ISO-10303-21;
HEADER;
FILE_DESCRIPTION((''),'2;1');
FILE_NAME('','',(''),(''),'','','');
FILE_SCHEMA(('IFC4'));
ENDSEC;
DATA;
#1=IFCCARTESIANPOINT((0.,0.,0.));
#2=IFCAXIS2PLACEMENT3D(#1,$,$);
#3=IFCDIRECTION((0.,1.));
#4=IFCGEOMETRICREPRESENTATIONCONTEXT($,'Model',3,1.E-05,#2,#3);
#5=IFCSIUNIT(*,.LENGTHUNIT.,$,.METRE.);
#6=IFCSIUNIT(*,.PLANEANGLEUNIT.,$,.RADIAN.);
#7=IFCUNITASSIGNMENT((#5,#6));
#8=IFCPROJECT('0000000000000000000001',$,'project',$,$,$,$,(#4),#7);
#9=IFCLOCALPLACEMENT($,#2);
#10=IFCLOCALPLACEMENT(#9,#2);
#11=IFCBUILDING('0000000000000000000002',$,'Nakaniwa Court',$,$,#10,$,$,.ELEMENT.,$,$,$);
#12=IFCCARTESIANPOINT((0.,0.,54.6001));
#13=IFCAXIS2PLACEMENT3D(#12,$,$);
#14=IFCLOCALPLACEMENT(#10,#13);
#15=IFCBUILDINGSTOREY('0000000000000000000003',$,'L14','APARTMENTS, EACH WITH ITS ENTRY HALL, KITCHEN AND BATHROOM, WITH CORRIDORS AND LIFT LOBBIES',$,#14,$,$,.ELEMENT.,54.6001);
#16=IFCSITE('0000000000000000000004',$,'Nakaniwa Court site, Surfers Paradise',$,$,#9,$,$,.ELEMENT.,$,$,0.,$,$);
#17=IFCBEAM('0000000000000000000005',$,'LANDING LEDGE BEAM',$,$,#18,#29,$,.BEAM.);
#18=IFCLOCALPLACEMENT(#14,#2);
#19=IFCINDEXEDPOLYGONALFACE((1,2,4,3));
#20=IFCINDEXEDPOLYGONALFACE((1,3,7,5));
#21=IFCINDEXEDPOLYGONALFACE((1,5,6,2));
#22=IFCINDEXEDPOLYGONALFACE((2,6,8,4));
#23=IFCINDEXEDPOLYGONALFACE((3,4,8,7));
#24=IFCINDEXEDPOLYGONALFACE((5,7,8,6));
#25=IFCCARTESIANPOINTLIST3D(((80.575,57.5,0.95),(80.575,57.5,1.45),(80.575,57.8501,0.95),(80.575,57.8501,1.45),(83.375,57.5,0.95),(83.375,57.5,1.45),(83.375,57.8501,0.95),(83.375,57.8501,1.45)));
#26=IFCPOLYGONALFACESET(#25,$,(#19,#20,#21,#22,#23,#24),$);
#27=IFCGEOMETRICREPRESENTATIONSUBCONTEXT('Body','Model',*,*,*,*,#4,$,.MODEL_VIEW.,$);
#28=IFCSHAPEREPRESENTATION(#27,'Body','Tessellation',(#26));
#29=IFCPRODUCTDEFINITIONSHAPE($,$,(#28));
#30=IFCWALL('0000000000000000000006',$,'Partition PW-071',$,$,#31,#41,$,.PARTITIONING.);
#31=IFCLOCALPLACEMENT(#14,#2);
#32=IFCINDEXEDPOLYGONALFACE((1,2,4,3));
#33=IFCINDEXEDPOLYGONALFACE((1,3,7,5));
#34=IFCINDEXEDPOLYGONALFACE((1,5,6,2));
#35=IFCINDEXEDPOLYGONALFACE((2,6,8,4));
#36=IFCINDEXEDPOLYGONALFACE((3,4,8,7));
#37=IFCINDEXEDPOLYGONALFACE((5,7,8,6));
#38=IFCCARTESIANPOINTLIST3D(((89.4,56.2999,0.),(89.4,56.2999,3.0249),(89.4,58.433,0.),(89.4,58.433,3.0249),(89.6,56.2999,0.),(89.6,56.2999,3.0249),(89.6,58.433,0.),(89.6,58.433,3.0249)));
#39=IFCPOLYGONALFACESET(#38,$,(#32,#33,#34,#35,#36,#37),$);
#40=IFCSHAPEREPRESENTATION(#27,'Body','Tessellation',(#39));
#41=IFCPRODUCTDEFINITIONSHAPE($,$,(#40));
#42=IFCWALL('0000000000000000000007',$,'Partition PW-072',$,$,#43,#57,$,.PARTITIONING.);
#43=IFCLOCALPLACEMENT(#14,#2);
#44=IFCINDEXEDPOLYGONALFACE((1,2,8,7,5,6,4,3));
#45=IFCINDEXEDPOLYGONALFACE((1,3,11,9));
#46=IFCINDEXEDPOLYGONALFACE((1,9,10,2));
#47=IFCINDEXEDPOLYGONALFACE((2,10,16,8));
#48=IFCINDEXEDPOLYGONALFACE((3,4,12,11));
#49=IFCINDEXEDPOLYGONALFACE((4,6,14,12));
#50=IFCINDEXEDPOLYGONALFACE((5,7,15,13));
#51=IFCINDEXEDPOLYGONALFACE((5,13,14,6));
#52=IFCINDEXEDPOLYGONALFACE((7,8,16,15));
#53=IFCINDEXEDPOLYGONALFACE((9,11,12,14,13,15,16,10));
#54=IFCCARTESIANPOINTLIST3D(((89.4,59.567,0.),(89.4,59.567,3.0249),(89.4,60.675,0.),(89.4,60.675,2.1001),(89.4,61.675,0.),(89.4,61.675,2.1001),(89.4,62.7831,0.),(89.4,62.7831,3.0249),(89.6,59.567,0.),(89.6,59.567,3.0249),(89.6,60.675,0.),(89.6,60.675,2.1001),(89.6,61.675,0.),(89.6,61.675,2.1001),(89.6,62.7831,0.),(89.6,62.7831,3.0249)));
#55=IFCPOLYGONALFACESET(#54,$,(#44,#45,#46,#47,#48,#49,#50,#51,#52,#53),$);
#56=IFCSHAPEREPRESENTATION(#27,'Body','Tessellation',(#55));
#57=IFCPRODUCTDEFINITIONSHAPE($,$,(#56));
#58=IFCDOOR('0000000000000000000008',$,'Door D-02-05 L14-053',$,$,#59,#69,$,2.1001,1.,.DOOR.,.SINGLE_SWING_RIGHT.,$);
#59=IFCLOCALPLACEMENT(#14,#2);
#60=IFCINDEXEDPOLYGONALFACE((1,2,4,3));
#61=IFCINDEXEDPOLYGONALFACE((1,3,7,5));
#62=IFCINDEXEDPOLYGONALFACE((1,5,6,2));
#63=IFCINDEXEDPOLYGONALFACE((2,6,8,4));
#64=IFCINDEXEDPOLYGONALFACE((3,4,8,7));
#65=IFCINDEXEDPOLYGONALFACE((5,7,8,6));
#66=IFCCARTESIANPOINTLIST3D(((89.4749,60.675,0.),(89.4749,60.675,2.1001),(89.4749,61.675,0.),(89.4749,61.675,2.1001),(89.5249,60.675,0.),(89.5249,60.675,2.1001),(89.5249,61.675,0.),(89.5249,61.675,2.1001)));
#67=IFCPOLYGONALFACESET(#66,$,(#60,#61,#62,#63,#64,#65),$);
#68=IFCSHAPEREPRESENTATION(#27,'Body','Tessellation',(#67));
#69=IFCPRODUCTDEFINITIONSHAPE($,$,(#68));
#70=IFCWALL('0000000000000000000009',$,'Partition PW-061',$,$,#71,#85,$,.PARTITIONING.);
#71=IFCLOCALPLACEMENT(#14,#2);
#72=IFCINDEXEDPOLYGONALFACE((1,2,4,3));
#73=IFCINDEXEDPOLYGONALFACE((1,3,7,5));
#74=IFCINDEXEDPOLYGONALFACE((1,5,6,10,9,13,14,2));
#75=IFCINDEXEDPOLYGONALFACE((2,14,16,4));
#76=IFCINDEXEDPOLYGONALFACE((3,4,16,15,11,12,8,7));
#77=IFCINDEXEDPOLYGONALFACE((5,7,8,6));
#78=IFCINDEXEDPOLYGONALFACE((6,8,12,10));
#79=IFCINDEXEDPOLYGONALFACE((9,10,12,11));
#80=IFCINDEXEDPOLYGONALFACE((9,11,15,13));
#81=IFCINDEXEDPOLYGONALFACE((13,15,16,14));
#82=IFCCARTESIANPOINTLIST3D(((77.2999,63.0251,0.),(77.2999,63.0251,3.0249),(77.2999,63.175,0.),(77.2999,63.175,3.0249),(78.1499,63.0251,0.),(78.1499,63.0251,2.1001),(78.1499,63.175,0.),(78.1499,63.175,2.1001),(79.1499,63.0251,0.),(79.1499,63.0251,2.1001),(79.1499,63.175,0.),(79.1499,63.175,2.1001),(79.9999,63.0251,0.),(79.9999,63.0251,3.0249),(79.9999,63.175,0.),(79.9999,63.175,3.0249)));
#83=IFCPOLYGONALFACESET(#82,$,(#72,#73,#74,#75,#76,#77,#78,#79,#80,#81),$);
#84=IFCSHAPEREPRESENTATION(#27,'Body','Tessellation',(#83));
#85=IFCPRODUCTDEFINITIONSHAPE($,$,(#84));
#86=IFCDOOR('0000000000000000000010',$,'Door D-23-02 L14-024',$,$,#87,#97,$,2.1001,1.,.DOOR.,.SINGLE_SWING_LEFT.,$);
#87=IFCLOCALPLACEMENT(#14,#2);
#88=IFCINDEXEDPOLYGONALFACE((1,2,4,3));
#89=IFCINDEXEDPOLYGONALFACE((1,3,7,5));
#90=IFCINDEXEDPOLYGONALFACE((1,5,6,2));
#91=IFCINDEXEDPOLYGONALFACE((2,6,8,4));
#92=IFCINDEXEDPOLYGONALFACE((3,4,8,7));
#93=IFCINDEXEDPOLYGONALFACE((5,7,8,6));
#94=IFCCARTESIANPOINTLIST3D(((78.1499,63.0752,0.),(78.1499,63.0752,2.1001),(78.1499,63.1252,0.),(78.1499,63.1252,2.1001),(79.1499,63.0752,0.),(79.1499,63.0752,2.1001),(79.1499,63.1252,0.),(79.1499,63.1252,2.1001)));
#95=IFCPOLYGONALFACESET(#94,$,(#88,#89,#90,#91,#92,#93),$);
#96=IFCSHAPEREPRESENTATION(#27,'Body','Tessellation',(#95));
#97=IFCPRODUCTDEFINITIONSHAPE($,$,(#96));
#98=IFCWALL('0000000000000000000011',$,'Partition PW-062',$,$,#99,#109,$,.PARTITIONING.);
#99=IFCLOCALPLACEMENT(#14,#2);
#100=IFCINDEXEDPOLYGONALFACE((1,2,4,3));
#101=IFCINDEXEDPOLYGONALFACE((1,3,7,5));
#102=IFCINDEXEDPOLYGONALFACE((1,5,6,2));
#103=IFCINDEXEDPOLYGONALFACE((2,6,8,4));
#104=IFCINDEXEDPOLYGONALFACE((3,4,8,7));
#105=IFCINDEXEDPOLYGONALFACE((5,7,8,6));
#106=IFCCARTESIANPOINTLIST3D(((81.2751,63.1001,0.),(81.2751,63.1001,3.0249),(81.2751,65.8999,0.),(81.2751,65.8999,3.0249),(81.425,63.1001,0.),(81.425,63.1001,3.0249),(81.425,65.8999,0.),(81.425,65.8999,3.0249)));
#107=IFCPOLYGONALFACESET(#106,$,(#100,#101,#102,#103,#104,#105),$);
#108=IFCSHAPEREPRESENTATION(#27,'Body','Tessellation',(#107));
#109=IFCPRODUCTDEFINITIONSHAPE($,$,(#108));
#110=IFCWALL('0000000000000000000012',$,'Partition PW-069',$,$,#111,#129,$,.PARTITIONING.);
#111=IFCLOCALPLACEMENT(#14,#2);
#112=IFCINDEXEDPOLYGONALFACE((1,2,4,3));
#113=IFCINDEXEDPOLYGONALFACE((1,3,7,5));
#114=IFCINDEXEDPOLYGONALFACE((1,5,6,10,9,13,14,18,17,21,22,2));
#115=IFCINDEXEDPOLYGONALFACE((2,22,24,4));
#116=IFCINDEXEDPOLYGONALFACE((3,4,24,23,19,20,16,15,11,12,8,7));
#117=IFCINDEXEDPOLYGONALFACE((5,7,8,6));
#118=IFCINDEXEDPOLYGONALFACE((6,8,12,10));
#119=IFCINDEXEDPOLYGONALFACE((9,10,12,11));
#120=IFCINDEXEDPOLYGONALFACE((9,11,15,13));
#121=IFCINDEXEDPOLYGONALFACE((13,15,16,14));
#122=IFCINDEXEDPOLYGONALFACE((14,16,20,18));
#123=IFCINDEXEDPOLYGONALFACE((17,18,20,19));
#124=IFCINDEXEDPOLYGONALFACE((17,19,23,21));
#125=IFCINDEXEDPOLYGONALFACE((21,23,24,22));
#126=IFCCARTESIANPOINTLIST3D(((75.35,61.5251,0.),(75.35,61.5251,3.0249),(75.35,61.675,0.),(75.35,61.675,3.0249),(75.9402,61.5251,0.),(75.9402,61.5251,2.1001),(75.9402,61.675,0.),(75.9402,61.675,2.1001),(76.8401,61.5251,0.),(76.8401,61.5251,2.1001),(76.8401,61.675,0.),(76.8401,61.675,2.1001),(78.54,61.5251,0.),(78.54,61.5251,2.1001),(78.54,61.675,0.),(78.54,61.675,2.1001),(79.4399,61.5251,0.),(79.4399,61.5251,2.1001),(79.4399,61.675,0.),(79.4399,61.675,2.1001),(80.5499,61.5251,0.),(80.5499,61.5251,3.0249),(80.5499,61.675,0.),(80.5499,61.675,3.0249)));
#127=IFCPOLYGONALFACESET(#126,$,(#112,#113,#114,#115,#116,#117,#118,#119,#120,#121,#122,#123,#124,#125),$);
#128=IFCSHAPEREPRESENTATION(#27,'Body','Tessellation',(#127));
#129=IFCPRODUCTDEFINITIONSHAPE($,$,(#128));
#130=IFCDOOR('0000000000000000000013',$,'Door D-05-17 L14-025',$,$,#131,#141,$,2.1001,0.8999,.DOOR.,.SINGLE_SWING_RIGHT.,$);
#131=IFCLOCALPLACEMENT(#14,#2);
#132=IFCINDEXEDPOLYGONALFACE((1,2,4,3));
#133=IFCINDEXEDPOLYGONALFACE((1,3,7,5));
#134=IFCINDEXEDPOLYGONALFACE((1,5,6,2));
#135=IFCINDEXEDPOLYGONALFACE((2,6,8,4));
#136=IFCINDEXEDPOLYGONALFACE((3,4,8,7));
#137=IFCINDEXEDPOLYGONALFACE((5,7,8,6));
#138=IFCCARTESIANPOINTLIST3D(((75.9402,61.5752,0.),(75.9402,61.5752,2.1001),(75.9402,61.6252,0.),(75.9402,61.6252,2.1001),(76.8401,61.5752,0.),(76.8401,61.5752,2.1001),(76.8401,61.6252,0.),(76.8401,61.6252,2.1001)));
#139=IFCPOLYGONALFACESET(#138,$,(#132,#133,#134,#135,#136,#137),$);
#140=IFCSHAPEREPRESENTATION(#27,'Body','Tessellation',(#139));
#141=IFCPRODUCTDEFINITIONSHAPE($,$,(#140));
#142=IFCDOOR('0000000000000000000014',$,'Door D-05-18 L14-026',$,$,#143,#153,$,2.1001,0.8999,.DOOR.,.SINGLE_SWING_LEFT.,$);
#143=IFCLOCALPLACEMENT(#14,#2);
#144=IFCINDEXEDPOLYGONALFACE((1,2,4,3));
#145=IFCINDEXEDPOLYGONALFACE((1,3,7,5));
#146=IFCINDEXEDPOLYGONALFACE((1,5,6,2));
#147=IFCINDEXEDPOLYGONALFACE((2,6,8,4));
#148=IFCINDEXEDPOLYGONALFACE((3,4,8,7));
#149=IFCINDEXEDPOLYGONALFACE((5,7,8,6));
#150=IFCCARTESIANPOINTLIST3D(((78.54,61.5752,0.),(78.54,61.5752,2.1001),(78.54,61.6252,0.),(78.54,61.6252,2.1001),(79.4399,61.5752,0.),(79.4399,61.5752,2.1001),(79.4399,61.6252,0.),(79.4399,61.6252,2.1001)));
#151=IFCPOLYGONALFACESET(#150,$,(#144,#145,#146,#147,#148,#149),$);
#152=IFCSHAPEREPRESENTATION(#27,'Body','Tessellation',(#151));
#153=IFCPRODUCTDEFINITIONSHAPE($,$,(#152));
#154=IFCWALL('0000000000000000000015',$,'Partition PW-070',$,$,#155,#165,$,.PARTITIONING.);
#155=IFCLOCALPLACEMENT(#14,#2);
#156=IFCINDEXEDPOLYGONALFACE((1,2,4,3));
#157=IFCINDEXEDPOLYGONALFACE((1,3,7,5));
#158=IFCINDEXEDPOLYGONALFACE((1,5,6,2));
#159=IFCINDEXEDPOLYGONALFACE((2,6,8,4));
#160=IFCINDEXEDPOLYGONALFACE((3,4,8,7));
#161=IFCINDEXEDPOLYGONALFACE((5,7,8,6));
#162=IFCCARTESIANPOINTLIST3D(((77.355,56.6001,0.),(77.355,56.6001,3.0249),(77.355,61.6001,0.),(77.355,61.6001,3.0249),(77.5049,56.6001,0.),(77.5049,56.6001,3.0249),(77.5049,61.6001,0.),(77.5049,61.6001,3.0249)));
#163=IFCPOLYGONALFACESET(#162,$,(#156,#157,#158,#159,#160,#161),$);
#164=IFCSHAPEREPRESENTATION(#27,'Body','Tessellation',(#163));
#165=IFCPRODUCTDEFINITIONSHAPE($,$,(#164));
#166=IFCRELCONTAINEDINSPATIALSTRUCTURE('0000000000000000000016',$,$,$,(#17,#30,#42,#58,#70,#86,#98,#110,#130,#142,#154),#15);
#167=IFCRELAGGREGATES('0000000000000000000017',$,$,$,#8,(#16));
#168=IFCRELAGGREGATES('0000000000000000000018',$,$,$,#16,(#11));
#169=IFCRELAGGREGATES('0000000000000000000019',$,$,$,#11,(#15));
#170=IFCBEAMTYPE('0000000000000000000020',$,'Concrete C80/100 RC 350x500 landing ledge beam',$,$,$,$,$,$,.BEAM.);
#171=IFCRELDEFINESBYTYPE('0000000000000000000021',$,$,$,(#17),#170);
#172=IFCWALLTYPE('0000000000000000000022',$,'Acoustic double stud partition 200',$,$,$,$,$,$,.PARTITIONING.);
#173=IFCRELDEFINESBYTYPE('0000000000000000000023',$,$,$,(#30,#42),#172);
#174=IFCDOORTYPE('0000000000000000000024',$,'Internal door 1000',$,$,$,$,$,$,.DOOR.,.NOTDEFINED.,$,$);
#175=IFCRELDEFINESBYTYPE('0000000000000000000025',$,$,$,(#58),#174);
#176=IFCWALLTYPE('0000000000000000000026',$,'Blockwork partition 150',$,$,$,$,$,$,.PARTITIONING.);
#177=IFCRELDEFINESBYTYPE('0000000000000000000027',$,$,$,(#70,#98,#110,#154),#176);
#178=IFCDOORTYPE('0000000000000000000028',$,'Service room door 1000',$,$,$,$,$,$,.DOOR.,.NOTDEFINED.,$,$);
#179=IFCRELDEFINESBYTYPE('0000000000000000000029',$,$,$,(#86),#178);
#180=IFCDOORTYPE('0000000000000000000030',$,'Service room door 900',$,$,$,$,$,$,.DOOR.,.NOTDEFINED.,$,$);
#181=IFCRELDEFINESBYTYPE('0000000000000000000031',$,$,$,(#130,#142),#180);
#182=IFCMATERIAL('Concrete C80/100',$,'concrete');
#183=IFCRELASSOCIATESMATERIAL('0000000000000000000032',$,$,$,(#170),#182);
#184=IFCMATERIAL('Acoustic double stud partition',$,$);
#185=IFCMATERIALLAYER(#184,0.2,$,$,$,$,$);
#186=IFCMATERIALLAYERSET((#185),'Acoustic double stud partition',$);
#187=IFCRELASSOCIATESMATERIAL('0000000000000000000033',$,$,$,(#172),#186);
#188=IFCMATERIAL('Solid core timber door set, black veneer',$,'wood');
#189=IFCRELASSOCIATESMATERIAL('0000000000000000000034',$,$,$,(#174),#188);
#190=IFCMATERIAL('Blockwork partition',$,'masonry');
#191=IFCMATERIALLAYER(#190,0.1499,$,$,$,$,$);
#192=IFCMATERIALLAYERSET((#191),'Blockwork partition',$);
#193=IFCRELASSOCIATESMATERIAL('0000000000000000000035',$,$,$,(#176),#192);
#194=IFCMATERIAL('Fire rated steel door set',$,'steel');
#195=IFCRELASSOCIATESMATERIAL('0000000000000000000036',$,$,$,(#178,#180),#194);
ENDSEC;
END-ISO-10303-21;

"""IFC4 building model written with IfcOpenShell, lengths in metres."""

from ifc_helpers import new_model, si_unit, direction, frame, frame_2d, origin, origin_2d, place, context, subcontext, project, spatial, rectangle, extrude, material, layer, layer_set, material_profile, profile_set, type_object, element, fill, save


model = new_model("IFC4")

# Units and contexts
model_context = context("Model", 3, precision=1e-05, world=origin(), true_north=direction((0.0, 1.0)))
body_context = subcontext(model_context, "Body", "Model", "MODEL_VIEW")
ifc_project = project(units=[si_unit("LENGTHUNIT", "METRE"), si_unit("PLANEANGLEUNIT", "RADIAN")], contexts=[model_context])

# Site, building, storey
site_placement = place(None, origin())
site = spatial("IfcSite", under=ifc_project, at=site_placement, Name="Nakaniwa Court site, Surfers Paradise", CompositionType="ELEMENT", RefElevation=0.0)
building_placement = place(site_placement, origin())
building = spatial("IfcBuilding", under=site, at=building_placement, Name="Nakaniwa Court", CompositionType="ELEMENT")
storey_placement = place(building_placement, frame((0.0, 0.0, 54.6001)))
storey = spatial("IfcBuildingStorey", under=building, at=storey_placement, Name="L14", Description="APARTMENTS, EACH WITH ITS ENTRY HALL, KITCHEN AND BATHROOM, WITH CORRIDORS AND LIFT LOBBIES", CompositionType="ELEMENT", Elevation=54.6001)

# Beam
ifc_material_1 = material(Name="Concrete C80/100", Category="concrete")
ifc_material_profile = material_profile(ifc_material_1, rectangle(XDim=0.3501, YDim=0.5, at=origin_2d()), Name="Concrete C80/100 RC 350x500 landing ledge beam")
ifc_profile_set = profile_set([ifc_material_profile], Name="Concrete C80/100")
beam_type = type_object("IfcBeamType", Name="Concrete C80/100 RC 350x500 landing ledge beam", PredefinedType="BEAM", material=ifc_profile_set)
beam_placement = place(storey_placement, frame((80.575, 57.675, 1.2), z_axis=(1.0, 0.0, 0.0), x_axis=(0.0, 1.0, 0.0)))
element("IfcBeam", 1, at=beam_placement, inside=storey, type_object=beam_type, Name="LANDING LEDGE BEAM", PredefinedType="BEAM", context=body_context, shape_type="SweptSolid", body=[
    extrude(rectangle(XDim=0.3501, YDim=0.5, at=origin_2d()), origin(), (0.0, 0.0, 1.0), 2.8),
])

# Wall
ifc_material_2 = material(Name="Acoustic double stud partition")
ifc_layer_1 = layer(ifc_material_2, 0.2)
ifc_layer_set_1 = layer_set([ifc_layer_1], Name="Acoustic double stud partition")
wall_type_1 = type_object("IfcWallType", Name="Acoustic double stud partition 200", PredefinedType="PARTITIONING", material=ifc_layer_set_1)
wall_1_placement = place(storey_placement, frame((89.5, 56.3, 0.0), z_axis=(0.0, 0.0, 1.0), x_axis=(0.0, 1.0, 0.0)))
element("IfcWall", 2, at=wall_1_placement, inside=storey, type_object=wall_type_1, Name="Partition PW-071", PredefinedType="PARTITIONING", context=body_context, shape_type="SweptSolid", body=[
    extrude(rectangle(XDim=2.1331, YDim=0.2, at=frame_2d((1.0664, 0.0))), origin(), (0.0, 0.0, 1.0), 3.0249),
])

# Walls, openings, doors
wall_2_placement = place(storey_placement, frame((89.5, 62.783, 0.0), z_axis=(0.0, 0.0, 1.0), x_axis=(0.0, -1.0, 0.0)))
wall_2 = element("IfcWall", 3, at=wall_2_placement, inside=storey, type_object=wall_type_1, Name="Partition PW-072", PredefinedType="PARTITIONING", context=body_context, shape_type="SweptSolid", body=[
    extrude(rectangle(XDim=3.2161, YDim=0.2, at=frame_2d((1.6079, 0.0))), origin(), (0.0, 0.0, 1.0), 3.0249),
])
opening_1_placement = place(wall_2_placement, frame((1.1079, 0.0, 0.0)))
opening_1 = element("IfcOpeningElement", 4, at=opening_1_placement, cuts=wall_2, PredefinedType="OPENING", context=body_context, shape_type="SweptSolid", body=[
    extrude(rectangle(XDim=1.0, YDim=2.1001, at=frame_2d((0.5, 1.05))), frame((0.0, 0.1099, 0.0), z_axis=(0.0, -1.0, 0.0), x_axis=(1.0, 0.0, 0.0)), (0.0, 0.0, 1.0), 0.22),
])
ifc_material_3 = material(Name="Solid core timber door set, black veneer", Category="wood")
door_type_1 = type_object("IfcDoorType", Name="Internal door 1000", OperationType="NOTDEFINED", PredefinedType="DOOR", material=ifc_material_3)
door_1_placement = place(opening_1_placement, origin())
door_1 = element("IfcDoor", 5, at=door_1_placement, inside=storey, type_object=door_type_1, Name="Door D-02-05 L14-053", OperationType="SINGLE_SWING_RIGHT", OverallHeight=2.1001, OverallWidth=1.0, PredefinedType="DOOR", context=body_context, shape_type="SweptSolid", body=[
    extrude(rectangle(XDim=1.0, YDim=2.1001, at=frame_2d((0.5, 1.05))), frame((0.0, 0.0249, 0.0), z_axis=(0.0, -1.0, 0.0), x_axis=(1.0, 0.0, 0.0)), (0.0, 0.0, 1.0), 0.05),
])
fill(opening_1, door_1)
ifc_material_4 = material(Name="Blockwork partition", Category="masonry")
ifc_layer_2 = layer(ifc_material_4, 0.1499)
ifc_layer_set_2 = layer_set([ifc_layer_2], Name="Blockwork partition")
wall_type_2 = type_object("IfcWallType", Name="Blockwork partition 150", PredefinedType="PARTITIONING", material=ifc_layer_set_2)
wall_3_placement = place(storey_placement, frame((80.0, 63.1001, 0.0), z_axis=(0.0, 0.0, 1.0), x_axis=(-1.0, 0.0, 0.0)))
wall_3 = element("IfcWall", 6, at=wall_3_placement, inside=storey, type_object=wall_type_2, Name="Partition PW-061", PredefinedType="PARTITIONING", context=body_context, shape_type="SweptSolid", body=[
    extrude(rectangle(XDim=2.7, YDim=0.1499, at=frame_2d((1.3501, 0.0))), origin(), (0.0, 0.0, 1.0), 3.0249),
])
opening_2_placement = place(wall_3_placement, frame((0.8501, 0.0, 0.0)))
opening_2 = element("IfcOpeningElement", 7, at=opening_2_placement, cuts=wall_3, PredefinedType="OPENING", context=body_context, shape_type="SweptSolid", body=[
    extrude(rectangle(XDim=1.0, YDim=2.1001, at=frame_2d((0.5, 1.05))), frame((0.0, 0.085, 0.0), z_axis=(0.0, -1.0, 0.0), x_axis=(1.0, 0.0, 0.0)), (0.0, 0.0, 1.0), 0.1699),
])
ifc_material_5 = material(Name="Fire rated steel door set", Category="steel")
door_type_2 = type_object("IfcDoorType", Name="Service room door 1000", OperationType="NOTDEFINED", PredefinedType="DOOR", material=ifc_material_5)
door_2_placement = place(opening_2_placement, origin())
door_2 = element("IfcDoor", 8, at=door_2_placement, inside=storey, type_object=door_type_2, Name="Door D-23-02 L14-024", OperationType="SINGLE_SWING_LEFT", OverallHeight=2.1001, OverallWidth=1.0, PredefinedType="DOOR", context=body_context, shape_type="SweptSolid", body=[
    extrude(rectangle(XDim=1.0, YDim=2.1001, at=frame_2d((0.5, 1.05))), frame((0.0, 0.0249, 0.0), z_axis=(0.0, -1.0, 0.0), x_axis=(1.0, 0.0, 0.0)), (0.0, 0.0, 1.0), 0.05),
])
fill(opening_2, door_2)

# Wall
wall_4_placement = place(storey_placement, frame((81.3501, 63.1001, 0.0), z_axis=(0.0, 0.0, 1.0), x_axis=(0.0, 1.0, 0.0)))
element("IfcWall", 9, at=wall_4_placement, inside=storey, type_object=wall_type_2, Name="Partition PW-062", PredefinedType="PARTITIONING", context=body_context, shape_type="SweptSolid", body=[
    extrude(rectangle(XDim=2.7998, YDim=0.1499, at=frame_2d((1.3999, 0.0))), origin(), (0.0, 0.0, 1.0), 3.0249),
])

# Wall, openings, doors
wall_5_placement = place(storey_placement, frame((80.55, 61.6001, 0.0), z_axis=(0.0, 0.0, 1.0), x_axis=(-1.0, 0.0, 0.0)))
wall_5 = element("IfcWall", 10, at=wall_5_placement, inside=storey, type_object=wall_type_2, Name="Partition PW-069", PredefinedType="PARTITIONING", context=body_context, shape_type="SweptSolid", body=[
    extrude(rectangle(XDim=5.2, YDim=0.1499, at=frame_2d((2.6001, 0.0))), origin(), (0.0, 0.0, 1.0), 3.0249),
])
opening_3_placement = place(wall_5_placement, frame((3.71, 0.0, 0.0)))
opening_3 = element("IfcOpeningElement", 11, at=opening_3_placement, cuts=wall_5, PredefinedType="OPENING", context=body_context, shape_type="SweptSolid", body=[
    extrude(rectangle(XDim=0.8999, YDim=2.1001, at=frame_2d((0.45, 1.05))), frame((0.0, 0.085, 0.0), z_axis=(0.0, -1.0, 0.0), x_axis=(1.0, 0.0, 0.0)), (0.0, 0.0, 1.0), 0.1699),
])
opening_4_placement = place(wall_5_placement, frame((1.1101, 0.0, 0.0)))
opening_4 = element("IfcOpeningElement", 12, at=opening_4_placement, cuts=wall_5, PredefinedType="OPENING", context=body_context, shape_type="SweptSolid", body=[
    extrude(rectangle(XDim=0.8999, YDim=2.1001, at=frame_2d((0.45, 1.05))), frame((0.0, 0.085, 0.0), z_axis=(0.0, -1.0, 0.0), x_axis=(1.0, 0.0, 0.0)), (0.0, 0.0, 1.0), 0.1699),
])
door_type_3 = type_object("IfcDoorType", Name="Service room door 900", OperationType="NOTDEFINED", PredefinedType="DOOR", material=ifc_material_5)
door_3_placement = place(opening_3_placement, origin())
door_3 = element("IfcDoor", 13, at=door_3_placement, inside=storey, type_object=door_type_3, Name="Door D-05-17 L14-025", OperationType="SINGLE_SWING_RIGHT", OverallHeight=2.1001, OverallWidth=0.8999, PredefinedType="DOOR", context=body_context, shape_type="SweptSolid", body=[
    extrude(rectangle(XDim=0.8999, YDim=2.1001, at=frame_2d((0.45, 1.05))), frame((0.0, 0.0249, 0.0), z_axis=(0.0, -1.0, 0.0), x_axis=(1.0, 0.0, 0.0)), (0.0, 0.0, 1.0), 0.05),
])
fill(opening_3, door_3)
door_4_placement = place(opening_4_placement, origin())
door_4 = element("IfcDoor", 14, at=door_4_placement, inside=storey, type_object=door_type_3, Name="Door D-05-18 L14-026", OperationType="SINGLE_SWING_LEFT", OverallHeight=2.1001, OverallWidth=0.8999, PredefinedType="DOOR", context=body_context, shape_type="SweptSolid", body=[
    extrude(rectangle(XDim=0.8999, YDim=2.1001, at=frame_2d((0.45, 1.05))), frame((0.0, 0.0249, 0.0), z_axis=(0.0, -1.0, 0.0), x_axis=(1.0, 0.0, 0.0)), (0.0, 0.0, 1.0), 0.05),
])
fill(opening_4, door_4)

# Wall
wall_6_placement = place(storey_placement, frame((77.4299, 56.6001, 0.0), z_axis=(0.0, 0.0, 1.0), x_axis=(0.0, 1.0, 0.0)))
element("IfcWall", 15, at=wall_6_placement, inside=storey, type_object=wall_type_2, Name="Partition PW-070", PredefinedType="PARTITIONING", context=body_context, shape_type="SweptSolid", body=[
    extrude(rectangle(XDim=5.0, YDim=0.1499, at=frame_2d((2.5, 0.0))), origin(), (0.0, 0.0, 1.0), 3.0249),
])

save(model, "model.ifc")
